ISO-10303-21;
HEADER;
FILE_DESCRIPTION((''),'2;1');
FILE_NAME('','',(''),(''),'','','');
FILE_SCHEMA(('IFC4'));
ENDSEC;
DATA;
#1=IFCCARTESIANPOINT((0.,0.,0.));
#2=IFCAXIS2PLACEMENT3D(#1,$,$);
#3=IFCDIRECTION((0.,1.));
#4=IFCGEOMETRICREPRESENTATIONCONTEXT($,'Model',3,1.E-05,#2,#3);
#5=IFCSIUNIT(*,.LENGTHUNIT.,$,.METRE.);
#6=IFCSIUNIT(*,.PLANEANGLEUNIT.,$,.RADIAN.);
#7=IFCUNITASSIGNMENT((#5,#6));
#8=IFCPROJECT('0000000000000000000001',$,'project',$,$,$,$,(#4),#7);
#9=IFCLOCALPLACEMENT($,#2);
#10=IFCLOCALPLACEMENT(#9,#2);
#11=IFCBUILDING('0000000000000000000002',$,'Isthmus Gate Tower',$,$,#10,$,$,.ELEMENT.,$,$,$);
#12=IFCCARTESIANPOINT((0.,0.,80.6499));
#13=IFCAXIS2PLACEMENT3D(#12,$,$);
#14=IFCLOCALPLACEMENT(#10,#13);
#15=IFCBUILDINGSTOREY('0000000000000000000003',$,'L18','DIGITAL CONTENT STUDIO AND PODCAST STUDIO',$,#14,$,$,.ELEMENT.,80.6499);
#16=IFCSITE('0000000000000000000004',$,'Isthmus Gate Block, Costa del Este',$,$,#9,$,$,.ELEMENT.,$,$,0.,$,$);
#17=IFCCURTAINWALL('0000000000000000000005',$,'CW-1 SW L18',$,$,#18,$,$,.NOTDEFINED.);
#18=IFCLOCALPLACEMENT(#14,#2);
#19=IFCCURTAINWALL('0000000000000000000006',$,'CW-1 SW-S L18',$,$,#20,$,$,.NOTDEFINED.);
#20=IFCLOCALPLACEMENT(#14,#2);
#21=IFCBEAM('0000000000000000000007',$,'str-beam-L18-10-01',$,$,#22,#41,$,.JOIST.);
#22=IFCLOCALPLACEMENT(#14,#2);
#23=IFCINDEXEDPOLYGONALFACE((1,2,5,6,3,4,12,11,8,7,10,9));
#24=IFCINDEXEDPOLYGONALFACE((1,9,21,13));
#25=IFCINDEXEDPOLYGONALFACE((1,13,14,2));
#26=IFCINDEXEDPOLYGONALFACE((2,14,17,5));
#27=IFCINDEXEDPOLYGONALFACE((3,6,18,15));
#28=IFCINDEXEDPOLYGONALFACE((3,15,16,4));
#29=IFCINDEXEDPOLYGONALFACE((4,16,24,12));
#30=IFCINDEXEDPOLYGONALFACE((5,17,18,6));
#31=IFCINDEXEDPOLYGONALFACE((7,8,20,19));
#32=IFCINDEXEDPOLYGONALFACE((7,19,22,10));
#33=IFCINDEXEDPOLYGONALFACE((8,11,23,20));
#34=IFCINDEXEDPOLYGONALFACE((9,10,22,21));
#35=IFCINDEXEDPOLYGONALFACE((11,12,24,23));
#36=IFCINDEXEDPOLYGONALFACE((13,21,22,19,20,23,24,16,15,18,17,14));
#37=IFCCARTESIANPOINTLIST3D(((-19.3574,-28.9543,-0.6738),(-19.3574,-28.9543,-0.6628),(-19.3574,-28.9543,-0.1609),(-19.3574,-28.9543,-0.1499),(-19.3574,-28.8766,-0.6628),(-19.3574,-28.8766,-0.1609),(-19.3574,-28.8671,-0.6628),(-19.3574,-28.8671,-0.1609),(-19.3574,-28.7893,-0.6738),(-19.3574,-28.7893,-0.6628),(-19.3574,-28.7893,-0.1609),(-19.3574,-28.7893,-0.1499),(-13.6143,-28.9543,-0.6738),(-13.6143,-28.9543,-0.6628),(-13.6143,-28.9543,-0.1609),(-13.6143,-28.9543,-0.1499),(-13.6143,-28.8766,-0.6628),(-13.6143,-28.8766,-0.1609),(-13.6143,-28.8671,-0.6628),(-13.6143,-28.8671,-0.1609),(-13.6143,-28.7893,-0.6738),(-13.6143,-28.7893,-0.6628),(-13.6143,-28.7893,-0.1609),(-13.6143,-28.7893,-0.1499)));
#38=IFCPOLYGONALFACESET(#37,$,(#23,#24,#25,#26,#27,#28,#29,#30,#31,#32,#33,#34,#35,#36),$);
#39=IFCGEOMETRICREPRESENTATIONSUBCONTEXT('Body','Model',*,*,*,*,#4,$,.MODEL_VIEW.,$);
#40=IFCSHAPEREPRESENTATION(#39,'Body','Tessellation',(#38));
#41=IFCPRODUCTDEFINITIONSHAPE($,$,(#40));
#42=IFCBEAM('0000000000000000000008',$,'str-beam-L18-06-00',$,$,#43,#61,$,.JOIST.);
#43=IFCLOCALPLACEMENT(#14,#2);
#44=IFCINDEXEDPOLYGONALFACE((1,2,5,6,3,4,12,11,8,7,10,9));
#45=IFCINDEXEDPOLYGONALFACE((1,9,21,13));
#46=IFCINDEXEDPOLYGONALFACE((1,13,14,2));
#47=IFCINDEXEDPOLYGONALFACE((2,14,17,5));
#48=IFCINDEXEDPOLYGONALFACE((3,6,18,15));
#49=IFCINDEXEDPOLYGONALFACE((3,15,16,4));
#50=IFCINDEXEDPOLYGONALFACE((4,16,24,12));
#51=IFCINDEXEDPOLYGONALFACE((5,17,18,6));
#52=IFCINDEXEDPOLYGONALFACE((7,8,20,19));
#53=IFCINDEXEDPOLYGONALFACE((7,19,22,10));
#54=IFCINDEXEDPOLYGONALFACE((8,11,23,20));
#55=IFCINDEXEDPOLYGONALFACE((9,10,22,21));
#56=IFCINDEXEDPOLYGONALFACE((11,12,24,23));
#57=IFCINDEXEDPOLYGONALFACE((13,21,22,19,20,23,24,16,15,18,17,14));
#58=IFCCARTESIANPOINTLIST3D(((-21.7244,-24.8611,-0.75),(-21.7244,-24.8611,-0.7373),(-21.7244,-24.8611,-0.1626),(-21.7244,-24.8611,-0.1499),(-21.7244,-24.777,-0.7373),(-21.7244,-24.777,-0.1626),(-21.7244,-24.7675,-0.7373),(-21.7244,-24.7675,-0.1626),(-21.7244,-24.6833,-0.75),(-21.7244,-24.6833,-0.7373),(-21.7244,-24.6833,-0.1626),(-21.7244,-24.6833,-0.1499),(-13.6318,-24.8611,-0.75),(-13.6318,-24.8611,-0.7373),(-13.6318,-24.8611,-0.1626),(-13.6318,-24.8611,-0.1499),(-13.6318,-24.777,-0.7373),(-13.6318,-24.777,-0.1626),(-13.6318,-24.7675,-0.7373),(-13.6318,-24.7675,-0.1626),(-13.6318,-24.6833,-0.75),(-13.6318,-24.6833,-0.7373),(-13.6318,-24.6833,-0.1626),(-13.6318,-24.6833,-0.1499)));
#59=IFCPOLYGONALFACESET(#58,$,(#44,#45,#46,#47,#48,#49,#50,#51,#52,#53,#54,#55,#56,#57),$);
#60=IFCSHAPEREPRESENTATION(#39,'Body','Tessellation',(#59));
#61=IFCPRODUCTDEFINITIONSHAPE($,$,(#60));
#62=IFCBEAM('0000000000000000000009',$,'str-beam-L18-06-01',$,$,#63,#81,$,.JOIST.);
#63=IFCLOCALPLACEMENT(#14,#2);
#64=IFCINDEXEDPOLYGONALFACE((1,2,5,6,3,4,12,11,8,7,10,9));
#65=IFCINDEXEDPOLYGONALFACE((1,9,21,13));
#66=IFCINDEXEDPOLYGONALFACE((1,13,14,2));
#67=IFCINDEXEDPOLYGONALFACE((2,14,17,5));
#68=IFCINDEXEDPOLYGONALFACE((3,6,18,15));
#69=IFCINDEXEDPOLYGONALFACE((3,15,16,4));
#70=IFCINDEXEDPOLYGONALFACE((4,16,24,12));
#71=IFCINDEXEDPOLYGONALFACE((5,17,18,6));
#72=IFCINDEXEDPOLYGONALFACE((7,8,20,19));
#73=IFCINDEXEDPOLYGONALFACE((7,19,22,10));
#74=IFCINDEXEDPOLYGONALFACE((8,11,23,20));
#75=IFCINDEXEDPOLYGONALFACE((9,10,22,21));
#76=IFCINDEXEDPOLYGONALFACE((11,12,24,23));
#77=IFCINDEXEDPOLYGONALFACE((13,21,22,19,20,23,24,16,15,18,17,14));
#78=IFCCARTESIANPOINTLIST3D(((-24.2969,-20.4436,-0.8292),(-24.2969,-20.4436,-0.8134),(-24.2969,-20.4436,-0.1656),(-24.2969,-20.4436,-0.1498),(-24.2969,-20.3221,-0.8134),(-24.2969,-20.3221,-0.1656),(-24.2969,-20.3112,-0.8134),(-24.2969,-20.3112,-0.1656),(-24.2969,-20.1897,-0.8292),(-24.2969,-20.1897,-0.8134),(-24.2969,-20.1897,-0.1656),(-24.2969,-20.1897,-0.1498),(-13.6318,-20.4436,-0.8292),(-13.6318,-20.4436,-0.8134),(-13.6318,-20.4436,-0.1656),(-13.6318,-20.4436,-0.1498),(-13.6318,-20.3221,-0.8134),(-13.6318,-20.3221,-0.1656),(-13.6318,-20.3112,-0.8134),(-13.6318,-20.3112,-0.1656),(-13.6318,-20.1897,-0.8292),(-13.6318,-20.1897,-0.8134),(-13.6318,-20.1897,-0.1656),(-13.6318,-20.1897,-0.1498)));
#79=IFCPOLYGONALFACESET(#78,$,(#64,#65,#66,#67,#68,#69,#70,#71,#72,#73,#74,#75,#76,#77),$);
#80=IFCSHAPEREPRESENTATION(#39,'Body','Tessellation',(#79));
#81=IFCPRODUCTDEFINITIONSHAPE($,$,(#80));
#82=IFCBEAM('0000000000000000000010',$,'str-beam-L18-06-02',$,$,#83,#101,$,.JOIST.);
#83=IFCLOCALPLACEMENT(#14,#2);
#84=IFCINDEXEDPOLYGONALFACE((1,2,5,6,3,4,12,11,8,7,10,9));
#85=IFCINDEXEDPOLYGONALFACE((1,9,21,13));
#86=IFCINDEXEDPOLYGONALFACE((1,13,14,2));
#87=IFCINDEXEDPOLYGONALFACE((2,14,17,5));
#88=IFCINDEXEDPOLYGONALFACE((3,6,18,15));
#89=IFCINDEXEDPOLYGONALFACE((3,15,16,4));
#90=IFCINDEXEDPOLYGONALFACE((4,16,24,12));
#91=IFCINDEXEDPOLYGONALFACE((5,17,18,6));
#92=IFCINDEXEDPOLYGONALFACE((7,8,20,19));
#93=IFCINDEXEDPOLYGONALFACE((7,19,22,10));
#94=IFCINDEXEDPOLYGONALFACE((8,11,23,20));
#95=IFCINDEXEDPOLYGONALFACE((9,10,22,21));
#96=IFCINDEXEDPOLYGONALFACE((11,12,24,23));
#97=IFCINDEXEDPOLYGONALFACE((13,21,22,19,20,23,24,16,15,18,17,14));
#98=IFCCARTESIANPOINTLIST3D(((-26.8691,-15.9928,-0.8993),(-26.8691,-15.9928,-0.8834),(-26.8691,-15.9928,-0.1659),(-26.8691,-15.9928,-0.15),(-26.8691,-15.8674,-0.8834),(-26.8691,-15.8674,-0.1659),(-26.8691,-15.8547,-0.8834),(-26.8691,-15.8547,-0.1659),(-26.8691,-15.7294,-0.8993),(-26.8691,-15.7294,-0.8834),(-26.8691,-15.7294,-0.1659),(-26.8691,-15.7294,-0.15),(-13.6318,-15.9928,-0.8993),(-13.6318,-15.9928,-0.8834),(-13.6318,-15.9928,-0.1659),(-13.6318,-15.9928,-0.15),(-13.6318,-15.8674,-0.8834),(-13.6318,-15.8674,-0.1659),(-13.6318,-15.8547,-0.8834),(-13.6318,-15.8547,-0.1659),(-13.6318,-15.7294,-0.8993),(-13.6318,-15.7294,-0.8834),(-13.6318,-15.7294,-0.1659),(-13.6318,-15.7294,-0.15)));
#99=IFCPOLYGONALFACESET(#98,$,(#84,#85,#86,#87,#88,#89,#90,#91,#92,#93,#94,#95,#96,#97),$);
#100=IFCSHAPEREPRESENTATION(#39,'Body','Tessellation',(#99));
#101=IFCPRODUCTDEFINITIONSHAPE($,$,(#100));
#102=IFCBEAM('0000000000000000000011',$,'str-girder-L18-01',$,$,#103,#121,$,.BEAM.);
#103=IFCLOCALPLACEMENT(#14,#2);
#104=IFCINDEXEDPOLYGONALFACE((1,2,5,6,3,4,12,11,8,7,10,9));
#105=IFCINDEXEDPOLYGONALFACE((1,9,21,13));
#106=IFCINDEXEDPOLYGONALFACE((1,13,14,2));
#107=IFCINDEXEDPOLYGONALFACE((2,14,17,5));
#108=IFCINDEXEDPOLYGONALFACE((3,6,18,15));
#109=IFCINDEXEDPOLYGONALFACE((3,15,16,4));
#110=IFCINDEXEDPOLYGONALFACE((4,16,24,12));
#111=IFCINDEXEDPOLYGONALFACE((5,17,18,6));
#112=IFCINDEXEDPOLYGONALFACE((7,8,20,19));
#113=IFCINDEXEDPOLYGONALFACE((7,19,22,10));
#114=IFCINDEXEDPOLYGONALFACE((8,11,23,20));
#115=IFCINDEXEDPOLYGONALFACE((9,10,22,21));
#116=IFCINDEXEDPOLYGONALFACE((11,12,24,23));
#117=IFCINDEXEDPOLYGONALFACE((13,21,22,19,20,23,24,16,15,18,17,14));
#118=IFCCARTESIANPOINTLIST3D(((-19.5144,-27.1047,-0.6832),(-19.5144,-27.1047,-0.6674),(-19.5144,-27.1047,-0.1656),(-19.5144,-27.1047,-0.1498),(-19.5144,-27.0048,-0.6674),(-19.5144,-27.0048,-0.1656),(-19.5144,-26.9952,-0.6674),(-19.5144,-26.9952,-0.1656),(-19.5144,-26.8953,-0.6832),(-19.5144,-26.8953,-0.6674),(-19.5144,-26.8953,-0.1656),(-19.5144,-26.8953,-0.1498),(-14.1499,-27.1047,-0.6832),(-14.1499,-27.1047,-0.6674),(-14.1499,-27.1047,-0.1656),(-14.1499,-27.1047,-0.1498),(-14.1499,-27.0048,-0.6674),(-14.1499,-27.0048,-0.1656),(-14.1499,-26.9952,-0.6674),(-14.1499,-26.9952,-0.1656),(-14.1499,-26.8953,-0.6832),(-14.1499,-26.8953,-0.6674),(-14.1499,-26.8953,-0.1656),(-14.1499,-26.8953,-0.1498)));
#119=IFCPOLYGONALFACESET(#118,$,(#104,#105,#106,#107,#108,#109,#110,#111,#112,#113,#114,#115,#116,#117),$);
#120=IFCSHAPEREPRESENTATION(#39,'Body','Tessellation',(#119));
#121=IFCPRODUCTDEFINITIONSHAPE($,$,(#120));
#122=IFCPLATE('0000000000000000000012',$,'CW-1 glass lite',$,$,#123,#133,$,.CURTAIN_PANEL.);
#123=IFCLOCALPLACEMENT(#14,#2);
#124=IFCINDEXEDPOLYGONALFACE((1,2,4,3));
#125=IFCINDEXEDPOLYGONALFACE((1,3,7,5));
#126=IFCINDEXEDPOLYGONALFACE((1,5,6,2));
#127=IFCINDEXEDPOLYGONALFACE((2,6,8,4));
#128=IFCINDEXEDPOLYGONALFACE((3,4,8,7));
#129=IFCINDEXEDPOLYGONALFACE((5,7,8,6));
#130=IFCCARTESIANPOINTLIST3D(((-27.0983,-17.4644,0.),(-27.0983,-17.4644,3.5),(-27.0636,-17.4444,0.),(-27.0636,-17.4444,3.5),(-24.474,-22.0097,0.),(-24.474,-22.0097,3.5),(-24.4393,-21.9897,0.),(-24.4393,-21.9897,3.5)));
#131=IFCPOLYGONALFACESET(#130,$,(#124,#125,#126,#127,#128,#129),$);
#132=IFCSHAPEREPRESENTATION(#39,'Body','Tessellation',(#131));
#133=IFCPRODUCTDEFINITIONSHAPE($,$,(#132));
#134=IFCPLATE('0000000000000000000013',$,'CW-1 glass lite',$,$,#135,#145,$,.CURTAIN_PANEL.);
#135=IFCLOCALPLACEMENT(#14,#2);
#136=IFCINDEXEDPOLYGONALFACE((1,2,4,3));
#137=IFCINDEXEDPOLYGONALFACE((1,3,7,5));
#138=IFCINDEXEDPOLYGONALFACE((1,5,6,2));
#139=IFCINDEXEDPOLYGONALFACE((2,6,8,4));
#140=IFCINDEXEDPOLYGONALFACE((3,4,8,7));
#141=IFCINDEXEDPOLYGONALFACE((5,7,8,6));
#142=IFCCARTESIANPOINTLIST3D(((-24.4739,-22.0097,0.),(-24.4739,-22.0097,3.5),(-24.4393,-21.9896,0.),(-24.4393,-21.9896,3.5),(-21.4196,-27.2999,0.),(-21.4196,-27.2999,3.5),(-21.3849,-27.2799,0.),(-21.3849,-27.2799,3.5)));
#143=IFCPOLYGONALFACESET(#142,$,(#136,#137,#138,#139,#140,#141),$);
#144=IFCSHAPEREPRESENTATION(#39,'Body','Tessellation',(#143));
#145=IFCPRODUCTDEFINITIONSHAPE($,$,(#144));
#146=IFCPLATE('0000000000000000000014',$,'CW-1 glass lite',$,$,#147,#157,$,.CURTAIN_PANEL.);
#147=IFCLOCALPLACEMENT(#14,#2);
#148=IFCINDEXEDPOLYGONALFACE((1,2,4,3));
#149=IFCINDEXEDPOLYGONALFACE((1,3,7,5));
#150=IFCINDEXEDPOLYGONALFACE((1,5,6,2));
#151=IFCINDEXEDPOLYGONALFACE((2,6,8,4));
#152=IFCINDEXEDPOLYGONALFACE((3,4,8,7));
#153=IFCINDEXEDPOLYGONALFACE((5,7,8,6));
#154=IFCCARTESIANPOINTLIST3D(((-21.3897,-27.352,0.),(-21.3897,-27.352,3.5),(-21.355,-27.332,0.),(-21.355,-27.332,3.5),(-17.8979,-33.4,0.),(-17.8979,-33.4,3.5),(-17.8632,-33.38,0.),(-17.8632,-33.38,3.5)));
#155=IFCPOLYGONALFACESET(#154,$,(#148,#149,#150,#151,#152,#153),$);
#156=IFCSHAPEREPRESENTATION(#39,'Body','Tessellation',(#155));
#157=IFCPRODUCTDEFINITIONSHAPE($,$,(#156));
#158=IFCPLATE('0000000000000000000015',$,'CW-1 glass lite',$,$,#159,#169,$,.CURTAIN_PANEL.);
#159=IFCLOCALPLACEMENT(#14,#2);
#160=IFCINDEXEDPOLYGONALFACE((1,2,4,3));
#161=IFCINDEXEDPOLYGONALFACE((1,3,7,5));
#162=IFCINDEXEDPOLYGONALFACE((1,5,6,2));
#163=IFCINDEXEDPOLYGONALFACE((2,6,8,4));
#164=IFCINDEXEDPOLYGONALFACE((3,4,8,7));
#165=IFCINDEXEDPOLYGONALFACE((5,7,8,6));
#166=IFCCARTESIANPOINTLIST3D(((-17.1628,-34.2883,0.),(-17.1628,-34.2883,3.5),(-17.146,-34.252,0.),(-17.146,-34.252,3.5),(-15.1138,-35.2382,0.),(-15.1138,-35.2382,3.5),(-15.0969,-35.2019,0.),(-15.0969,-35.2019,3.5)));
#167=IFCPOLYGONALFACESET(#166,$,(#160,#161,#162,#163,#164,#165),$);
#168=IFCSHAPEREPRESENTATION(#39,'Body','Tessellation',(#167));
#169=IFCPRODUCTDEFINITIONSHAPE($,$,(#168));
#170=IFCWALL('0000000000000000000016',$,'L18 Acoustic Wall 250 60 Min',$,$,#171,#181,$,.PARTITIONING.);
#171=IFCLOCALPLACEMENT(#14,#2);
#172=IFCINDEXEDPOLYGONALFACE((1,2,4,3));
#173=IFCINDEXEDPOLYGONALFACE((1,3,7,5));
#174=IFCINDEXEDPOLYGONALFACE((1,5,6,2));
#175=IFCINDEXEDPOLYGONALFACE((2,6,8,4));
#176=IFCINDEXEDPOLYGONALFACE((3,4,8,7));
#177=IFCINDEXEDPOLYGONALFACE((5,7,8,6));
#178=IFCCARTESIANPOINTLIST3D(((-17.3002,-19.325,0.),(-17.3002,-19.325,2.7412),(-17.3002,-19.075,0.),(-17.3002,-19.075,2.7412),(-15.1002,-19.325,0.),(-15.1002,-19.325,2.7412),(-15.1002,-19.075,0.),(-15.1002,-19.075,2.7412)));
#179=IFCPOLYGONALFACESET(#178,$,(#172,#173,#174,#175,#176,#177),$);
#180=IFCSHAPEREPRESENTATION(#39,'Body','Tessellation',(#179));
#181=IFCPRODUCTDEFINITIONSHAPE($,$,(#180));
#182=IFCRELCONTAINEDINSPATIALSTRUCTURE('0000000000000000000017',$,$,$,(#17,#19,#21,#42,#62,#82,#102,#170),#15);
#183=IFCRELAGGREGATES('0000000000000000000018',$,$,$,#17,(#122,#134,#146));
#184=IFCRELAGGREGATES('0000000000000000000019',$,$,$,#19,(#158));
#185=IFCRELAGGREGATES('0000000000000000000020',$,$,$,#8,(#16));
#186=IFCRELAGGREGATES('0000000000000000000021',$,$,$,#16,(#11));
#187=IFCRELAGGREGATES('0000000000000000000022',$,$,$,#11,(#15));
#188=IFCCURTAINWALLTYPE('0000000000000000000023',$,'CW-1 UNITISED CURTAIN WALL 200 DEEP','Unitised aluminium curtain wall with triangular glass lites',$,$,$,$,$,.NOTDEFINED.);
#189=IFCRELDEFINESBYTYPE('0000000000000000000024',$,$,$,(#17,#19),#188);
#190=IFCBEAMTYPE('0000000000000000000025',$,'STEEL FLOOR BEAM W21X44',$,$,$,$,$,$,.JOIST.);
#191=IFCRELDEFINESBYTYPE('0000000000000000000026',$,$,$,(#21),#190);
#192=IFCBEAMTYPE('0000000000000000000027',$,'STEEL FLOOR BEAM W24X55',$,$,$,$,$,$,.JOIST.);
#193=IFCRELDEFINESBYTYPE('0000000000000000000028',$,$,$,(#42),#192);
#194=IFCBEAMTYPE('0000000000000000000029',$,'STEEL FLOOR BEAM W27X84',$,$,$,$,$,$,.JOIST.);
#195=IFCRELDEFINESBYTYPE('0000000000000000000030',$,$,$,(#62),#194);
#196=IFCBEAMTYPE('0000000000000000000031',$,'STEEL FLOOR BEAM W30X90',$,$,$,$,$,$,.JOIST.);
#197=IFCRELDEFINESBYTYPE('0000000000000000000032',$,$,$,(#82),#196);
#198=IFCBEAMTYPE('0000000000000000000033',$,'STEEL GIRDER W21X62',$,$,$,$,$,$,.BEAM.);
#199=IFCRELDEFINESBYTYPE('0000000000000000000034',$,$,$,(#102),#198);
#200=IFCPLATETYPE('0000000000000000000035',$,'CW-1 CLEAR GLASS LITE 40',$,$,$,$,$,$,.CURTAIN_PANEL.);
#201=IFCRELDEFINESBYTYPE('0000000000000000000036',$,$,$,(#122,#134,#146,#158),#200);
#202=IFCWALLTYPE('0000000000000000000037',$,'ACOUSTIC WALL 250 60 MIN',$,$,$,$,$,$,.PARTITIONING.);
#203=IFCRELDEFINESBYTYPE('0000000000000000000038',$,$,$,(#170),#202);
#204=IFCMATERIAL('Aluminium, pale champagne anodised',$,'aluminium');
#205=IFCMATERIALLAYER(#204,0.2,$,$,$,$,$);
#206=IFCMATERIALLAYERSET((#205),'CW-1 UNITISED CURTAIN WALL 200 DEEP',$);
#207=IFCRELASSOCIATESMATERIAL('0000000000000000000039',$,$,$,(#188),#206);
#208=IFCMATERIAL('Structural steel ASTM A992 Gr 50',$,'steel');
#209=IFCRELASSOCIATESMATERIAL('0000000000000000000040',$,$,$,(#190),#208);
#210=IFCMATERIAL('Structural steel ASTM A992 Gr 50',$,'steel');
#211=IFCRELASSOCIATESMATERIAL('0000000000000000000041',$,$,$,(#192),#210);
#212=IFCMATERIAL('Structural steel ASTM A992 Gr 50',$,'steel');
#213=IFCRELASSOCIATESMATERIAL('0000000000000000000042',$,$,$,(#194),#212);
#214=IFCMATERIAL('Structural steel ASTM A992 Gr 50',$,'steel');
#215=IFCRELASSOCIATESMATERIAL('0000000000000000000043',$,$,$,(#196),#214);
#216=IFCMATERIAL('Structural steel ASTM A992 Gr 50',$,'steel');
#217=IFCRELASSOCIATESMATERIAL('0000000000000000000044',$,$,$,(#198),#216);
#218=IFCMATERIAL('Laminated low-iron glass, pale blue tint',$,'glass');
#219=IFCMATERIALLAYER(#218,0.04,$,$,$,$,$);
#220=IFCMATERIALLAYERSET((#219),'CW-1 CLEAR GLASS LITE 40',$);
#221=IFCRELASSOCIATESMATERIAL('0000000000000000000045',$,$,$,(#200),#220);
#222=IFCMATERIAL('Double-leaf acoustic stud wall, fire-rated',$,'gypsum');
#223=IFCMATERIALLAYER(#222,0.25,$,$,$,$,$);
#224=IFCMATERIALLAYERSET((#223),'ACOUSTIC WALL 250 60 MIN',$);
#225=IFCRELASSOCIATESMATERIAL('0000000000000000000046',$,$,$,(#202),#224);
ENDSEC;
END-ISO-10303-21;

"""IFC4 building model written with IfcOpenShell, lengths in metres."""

from ifc_helpers import new_model, si_unit, direction, frame, frame_2d, origin, origin_2d, place, context, subcontext, project, spatial, rectangle, i_section, extrude, material, layer, layer_set, material_profile, profile_set, type_object, element, aggregate, save


model = new_model("IFC4")

# Units and contexts
model_context = context("Model", 3, precision=1e-05, world=origin(), true_north=direction((0.0, 1.0)))
body_context = subcontext(model_context, "Body", "Model", "MODEL_VIEW")
ifc_project = project(units=[si_unit("LENGTHUNIT", "METRE"), si_unit("PLANEANGLEUNIT", "RADIAN")], contexts=[model_context])

# Site, building, storey
site_placement = place(None, origin())
site = spatial("IfcSite", under=ifc_project, at=site_placement, Name="Isthmus Gate Block, Costa del Este", CompositionType="ELEMENT", RefElevation=0.0)
building_placement = place(site_placement, origin())
building = spatial("IfcBuilding", under=site, at=building_placement, Name="Isthmus Gate Tower", CompositionType="ELEMENT")
storey_placement = place(building_placement, frame((0.0, 0.0, 80.6499)))
storey = spatial("IfcBuildingStorey", under=building, at=storey_placement, Name="L18", Description="DIGITAL CONTENT STUDIO AND PODCAST STUDIO", CompositionType="ELEMENT", Elevation=80.6499)

# Curtain wall
ifc_material_1 = material(Name="Aluminium, pale champagne anodised", Category="aluminium")
ifc_layer_1 = layer(ifc_material_1, 0.2)
ifc_layer_set_1 = layer_set([ifc_layer_1], Name="CW-1 UNITISED CURTAIN WALL 200 DEEP")
curtain_wall_type = type_object("IfcCurtainWallType", Name="CW-1 UNITISED CURTAIN WALL 200 DEEP", Description="Unitised aluminium curtain wall with triangular glass lites", PredefinedType="NOTDEFINED", material=ifc_layer_set_1)
curtain_wall_1_placement = place(storey_placement, origin())
curtain_wall_1 = element("IfcCurtainWall", 1, at=curtain_wall_1_placement, inside=storey, type_object=curtain_wall_type, Name="CW-1 SW L18", PredefinedType="NOTDEFINED")

# Curtain wall
curtain_wall_2_placement = place(storey_placement, origin())
curtain_wall_2 = element("IfcCurtainWall", 2, at=curtain_wall_2_placement, inside=storey, type_object=curtain_wall_type, Name="CW-1 SW-S L18", PredefinedType="NOTDEFINED")

# Beams
ifc_material_2 = material(Name="Structural steel ASTM A992 Gr 50", Category="steel")
ifc_material_profile_1 = material_profile(ifc_material_2, i_section(OverallWidth=0.165, OverallDepth=0.5239, WebThickness=0.0095, FlangeThickness=0.011, at=origin_2d()), Name="W21X44")
ifc_profile_set_1 = profile_set([ifc_material_profile_1], Name="Structural steel ASTM A992 Gr 50")
beam_type_1 = type_object("IfcBeamType", Name="STEEL FLOOR BEAM W21X44", PredefinedType="JOIST", material=ifc_profile_set_1)
beam_1_placement = place(storey_placement, frame((-19.3574, -28.8718, -0.4119), z_axis=(1.0, 0.0, 0.0), x_axis=(0.0, 1.0, 0.0)))
element("IfcBeam", 3, at=beam_1_placement, inside=storey, type_object=beam_type_1, Name="str-beam-L18-10-01", PredefinedType="JOIST", context=body_context, shape_type="SweptSolid", body=[
    extrude(i_section(OverallWidth=0.165, OverallDepth=0.5239, WebThickness=0.0095, FlangeThickness=0.011, at=origin_2d()), origin(), (0.0, 0.0, 1.0), 5.7432),
])
ifc_material_3 = material(Name="Structural steel ASTM A992 Gr 50", Category="steel")
ifc_material_profile_2 = material_profile(ifc_material_3, i_section(OverallWidth=0.1777, OverallDepth=0.6001, WebThickness=0.0095, FlangeThickness=0.0127, at=origin_2d()), Name="W24X55")
ifc_profile_set_2 = profile_set([ifc_material_profile_2], Name="Structural steel ASTM A992 Gr 50")
beam_type_2 = type_object("IfcBeamType", Name="STEEL FLOOR BEAM W24X55", PredefinedType="JOIST", material=ifc_profile_set_2)
beam_2_placement = place(storey_placement, frame((-21.7244, -24.7722, -0.45), z_axis=(1.0, 0.0, 0.0), x_axis=(0.0, 1.0, 0.0)))
element("IfcBeam", 4, at=beam_2_placement, inside=storey, type_object=beam_type_2, Name="str-beam-L18-06-00", PredefinedType="JOIST", context=body_context, shape_type="SweptSolid", body=[
    extrude(i_section(OverallWidth=0.1777, OverallDepth=0.6001, WebThickness=0.0095, FlangeThickness=0.0127, at=origin_2d()), origin(), (0.0, 0.0, 1.0), 8.0925),
])
ifc_material_4 = material(Name="Structural steel ASTM A992 Gr 50", Category="steel")
ifc_material_profile_3 = material_profile(ifc_material_4, i_section(OverallWidth=0.2539, OverallDepth=0.6794, WebThickness=0.011, FlangeThickness=0.0159, at=origin_2d()), Name="W27X84")
ifc_profile_set_3 = profile_set([ifc_material_profile_3], Name="Structural steel ASTM A992 Gr 50")
beam_type_3 = type_object("IfcBeamType", Name="STEEL FLOOR BEAM W27X84", PredefinedType="JOIST", material=ifc_profile_set_3)
beam_3_placement = place(storey_placement, frame((-24.2969, -20.3167, -0.4895), z_axis=(1.0, 0.0, 0.0), x_axis=(0.0, 1.0, 0.0)))
element("IfcBeam", 5, at=beam_3_placement, inside=storey, type_object=beam_type_3, Name="str-beam-L18-06-01", PredefinedType="JOIST", context=body_context, shape_type="SweptSolid", body=[
    extrude(i_section(OverallWidth=0.2539, OverallDepth=0.6794, WebThickness=0.011, FlangeThickness=0.0159, at=origin_2d()), origin(), (0.0, 0.0, 1.0), 10.665),
])
ifc_material_5 = material(Name="Structural steel ASTM A992 Gr 50", Category="steel")
ifc_material_profile_4 = material_profile(ifc_material_5, i_section(OverallWidth=0.2634, OverallDepth=0.7493, WebThickness=0.0127, FlangeThickness=0.0159, at=origin_2d()), Name="W30X90")
ifc_profile_set_4 = profile_set([ifc_material_profile_4], Name="Structural steel ASTM A992 Gr 50")
beam_type_4 = type_object("IfcBeamType", Name="STEEL FLOOR BEAM W30X90", PredefinedType="JOIST", material=ifc_profile_set_4)
beam_4_placement = place(storey_placement, frame((-26.8691, -15.8611, -0.5247), z_axis=(1.0, 0.0, 0.0), x_axis=(0.0, 1.0, 0.0)))
element("IfcBeam", 6, at=beam_4_placement, inside=storey, type_object=beam_type_4, Name="str-beam-L18-06-02", PredefinedType="JOIST", context=body_context, shape_type="SweptSolid", body=[
    extrude(i_section(OverallWidth=0.2634, OverallDepth=0.7493, WebThickness=0.0127, FlangeThickness=0.0159, at=origin_2d()), origin(), (0.0, 0.0, 1.0), 13.2373),
])
ifc_material_6 = material(Name="Structural steel ASTM A992 Gr 50", Category="steel")
ifc_material_profile_5 = material_profile(ifc_material_6, i_section(OverallWidth=0.2095, OverallDepth=0.5334, WebThickness=0.0095, FlangeThickness=0.0159, at=origin_2d()), Name="W21X62")
ifc_profile_set_5 = profile_set([ifc_material_profile_5], Name="Structural steel ASTM A992 Gr 50")
beam_type_5 = type_object("IfcBeamType", Name="STEEL GIRDER W21X62", PredefinedType="BEAM", material=ifc_profile_set_5)
beam_5_placement = place(storey_placement, frame((-19.5144, -27.0, -0.4165), z_axis=(1.0, 0.0, 0.0), x_axis=(0.0, 1.0, 0.0)))
element("IfcBeam", 7, at=beam_5_placement, inside=storey, type_object=beam_type_5, Name="str-girder-L18-01", PredefinedType="BEAM", context=body_context, shape_type="SweptSolid", body=[
    extrude(i_section(OverallWidth=0.2095, OverallDepth=0.5334, WebThickness=0.0095, FlangeThickness=0.0159, at=origin_2d()), origin(), (0.0, 0.0, 1.0), 5.3645),
])

# Plates
ifc_material_7 = material(Name="Laminated low-iron glass, pale blue tint", Category="glass")
ifc_layer_2 = layer(ifc_material_7, 0.04)
ifc_layer_set_2 = layer_set([ifc_layer_2], Name="CW-1 CLEAR GLASS LITE 40")
plate_type = type_object("IfcPlateType", Name="CW-1 CLEAR GLASS LITE 40", PredefinedType="CURTAIN_PANEL", material=ifc_layer_set_2)
plate_1_placement = place(storey_placement, frame((-25.7688, -19.7271, 0.0), z_axis=(0.0, 0.0, 1.0), x_axis=(0.5, -0.866025, 0.0)))
plate_1 = element("IfcPlate", 8, at=plate_1_placement, type_object=plate_type, Name="CW-1 glass lite", PredefinedType="CURTAIN_PANEL", context=body_context, shape_type="SweptSolid", body=[
    extrude(rectangle(XDim=5.2485, YDim=0.04, at=origin_2d()), origin(), (0.0, 0.0, 1.0), 3.5),
])
plate_2_placement = place(storey_placement, frame((-22.9294, -24.6448, 0.0), z_axis=(0.0, 0.0, 1.0), x_axis=(0.5, -0.866025, 0.0)))
plate_2 = element("IfcPlate", 9, at=plate_2_placement, type_object=plate_type, Name="CW-1 glass lite", PredefinedType="CURTAIN_PANEL", context=body_context, shape_type="SweptSolid", body=[
    extrude(rectangle(XDim=6.1086, YDim=0.04, at=origin_2d()), origin(), (0.0, 0.0, 1.0), 3.5),
])
plate_3_placement = place(storey_placement, frame((-19.6265, -30.366, 0.0), z_axis=(0.0, 0.0, 1.0), x_axis=(0.5, -0.866025, 0.0)))
plate_3 = element("IfcPlate", 10, at=plate_3_placement, type_object=plate_type, Name="CW-1 glass lite", PredefinedType="CURTAIN_PANEL", context=body_context, shape_type="SweptSolid", body=[
    extrude(rectangle(XDim=6.9836, YDim=0.04, at=origin_2d()), origin(), (0.0, 0.0, 1.0), 3.5),
])
aggregate(curtain_wall_1, [plate_1, plate_2, plate_3])
plate_4_placement = place(storey_placement, frame((-16.1299, -34.7451, 0.0), z_axis=(0.0, 0.0, 1.0), x_axis=(0.907256, -0.420578, 0.0)))
plate_4 = element("IfcPlate", 11, at=plate_4_placement, type_object=plate_type, Name="CW-1 glass lite", PredefinedType="CURTAIN_PANEL", context=body_context, shape_type="SweptSolid", body=[
    extrude(rectangle(XDim=2.2585, YDim=0.04, at=origin_2d()), origin(), (0.0, 0.0, 1.0), 3.5),
])
aggregate(curtain_wall_2, [plate_4])

# Wall
ifc_material_8 = material(Name="Double-leaf acoustic stud wall, fire-rated", Category="gypsum")
ifc_layer_3 = layer(ifc_material_8, 0.25)
ifc_layer_set_3 = layer_set([ifc_layer_3], Name="ACOUSTIC WALL 250 60 MIN")
wall_type = type_object("IfcWallType", Name="ACOUSTIC WALL 250 60 MIN", PredefinedType="PARTITIONING", material=ifc_layer_set_3)
wall_1_placement = place(storey_placement, frame((-15.1001, -19.2, 0.0), z_axis=(0.0, 0.0, 1.0), x_axis=(-1.0, 0.0, 0.0)))
element("IfcWall", 12, at=wall_1_placement, inside=storey, type_object=wall_type, Name="L18 Acoustic Wall 250 60 Min", PredefinedType="PARTITIONING", context=body_context, shape_type="SweptSolid", body=[
    extrude(rectangle(XDim=2.2, YDim=0.25, at=frame_2d((1.1001, 0.0))), origin(), (0.0, 0.0, 1.0), 2.7412),
])

save(model, "model.ifc")
